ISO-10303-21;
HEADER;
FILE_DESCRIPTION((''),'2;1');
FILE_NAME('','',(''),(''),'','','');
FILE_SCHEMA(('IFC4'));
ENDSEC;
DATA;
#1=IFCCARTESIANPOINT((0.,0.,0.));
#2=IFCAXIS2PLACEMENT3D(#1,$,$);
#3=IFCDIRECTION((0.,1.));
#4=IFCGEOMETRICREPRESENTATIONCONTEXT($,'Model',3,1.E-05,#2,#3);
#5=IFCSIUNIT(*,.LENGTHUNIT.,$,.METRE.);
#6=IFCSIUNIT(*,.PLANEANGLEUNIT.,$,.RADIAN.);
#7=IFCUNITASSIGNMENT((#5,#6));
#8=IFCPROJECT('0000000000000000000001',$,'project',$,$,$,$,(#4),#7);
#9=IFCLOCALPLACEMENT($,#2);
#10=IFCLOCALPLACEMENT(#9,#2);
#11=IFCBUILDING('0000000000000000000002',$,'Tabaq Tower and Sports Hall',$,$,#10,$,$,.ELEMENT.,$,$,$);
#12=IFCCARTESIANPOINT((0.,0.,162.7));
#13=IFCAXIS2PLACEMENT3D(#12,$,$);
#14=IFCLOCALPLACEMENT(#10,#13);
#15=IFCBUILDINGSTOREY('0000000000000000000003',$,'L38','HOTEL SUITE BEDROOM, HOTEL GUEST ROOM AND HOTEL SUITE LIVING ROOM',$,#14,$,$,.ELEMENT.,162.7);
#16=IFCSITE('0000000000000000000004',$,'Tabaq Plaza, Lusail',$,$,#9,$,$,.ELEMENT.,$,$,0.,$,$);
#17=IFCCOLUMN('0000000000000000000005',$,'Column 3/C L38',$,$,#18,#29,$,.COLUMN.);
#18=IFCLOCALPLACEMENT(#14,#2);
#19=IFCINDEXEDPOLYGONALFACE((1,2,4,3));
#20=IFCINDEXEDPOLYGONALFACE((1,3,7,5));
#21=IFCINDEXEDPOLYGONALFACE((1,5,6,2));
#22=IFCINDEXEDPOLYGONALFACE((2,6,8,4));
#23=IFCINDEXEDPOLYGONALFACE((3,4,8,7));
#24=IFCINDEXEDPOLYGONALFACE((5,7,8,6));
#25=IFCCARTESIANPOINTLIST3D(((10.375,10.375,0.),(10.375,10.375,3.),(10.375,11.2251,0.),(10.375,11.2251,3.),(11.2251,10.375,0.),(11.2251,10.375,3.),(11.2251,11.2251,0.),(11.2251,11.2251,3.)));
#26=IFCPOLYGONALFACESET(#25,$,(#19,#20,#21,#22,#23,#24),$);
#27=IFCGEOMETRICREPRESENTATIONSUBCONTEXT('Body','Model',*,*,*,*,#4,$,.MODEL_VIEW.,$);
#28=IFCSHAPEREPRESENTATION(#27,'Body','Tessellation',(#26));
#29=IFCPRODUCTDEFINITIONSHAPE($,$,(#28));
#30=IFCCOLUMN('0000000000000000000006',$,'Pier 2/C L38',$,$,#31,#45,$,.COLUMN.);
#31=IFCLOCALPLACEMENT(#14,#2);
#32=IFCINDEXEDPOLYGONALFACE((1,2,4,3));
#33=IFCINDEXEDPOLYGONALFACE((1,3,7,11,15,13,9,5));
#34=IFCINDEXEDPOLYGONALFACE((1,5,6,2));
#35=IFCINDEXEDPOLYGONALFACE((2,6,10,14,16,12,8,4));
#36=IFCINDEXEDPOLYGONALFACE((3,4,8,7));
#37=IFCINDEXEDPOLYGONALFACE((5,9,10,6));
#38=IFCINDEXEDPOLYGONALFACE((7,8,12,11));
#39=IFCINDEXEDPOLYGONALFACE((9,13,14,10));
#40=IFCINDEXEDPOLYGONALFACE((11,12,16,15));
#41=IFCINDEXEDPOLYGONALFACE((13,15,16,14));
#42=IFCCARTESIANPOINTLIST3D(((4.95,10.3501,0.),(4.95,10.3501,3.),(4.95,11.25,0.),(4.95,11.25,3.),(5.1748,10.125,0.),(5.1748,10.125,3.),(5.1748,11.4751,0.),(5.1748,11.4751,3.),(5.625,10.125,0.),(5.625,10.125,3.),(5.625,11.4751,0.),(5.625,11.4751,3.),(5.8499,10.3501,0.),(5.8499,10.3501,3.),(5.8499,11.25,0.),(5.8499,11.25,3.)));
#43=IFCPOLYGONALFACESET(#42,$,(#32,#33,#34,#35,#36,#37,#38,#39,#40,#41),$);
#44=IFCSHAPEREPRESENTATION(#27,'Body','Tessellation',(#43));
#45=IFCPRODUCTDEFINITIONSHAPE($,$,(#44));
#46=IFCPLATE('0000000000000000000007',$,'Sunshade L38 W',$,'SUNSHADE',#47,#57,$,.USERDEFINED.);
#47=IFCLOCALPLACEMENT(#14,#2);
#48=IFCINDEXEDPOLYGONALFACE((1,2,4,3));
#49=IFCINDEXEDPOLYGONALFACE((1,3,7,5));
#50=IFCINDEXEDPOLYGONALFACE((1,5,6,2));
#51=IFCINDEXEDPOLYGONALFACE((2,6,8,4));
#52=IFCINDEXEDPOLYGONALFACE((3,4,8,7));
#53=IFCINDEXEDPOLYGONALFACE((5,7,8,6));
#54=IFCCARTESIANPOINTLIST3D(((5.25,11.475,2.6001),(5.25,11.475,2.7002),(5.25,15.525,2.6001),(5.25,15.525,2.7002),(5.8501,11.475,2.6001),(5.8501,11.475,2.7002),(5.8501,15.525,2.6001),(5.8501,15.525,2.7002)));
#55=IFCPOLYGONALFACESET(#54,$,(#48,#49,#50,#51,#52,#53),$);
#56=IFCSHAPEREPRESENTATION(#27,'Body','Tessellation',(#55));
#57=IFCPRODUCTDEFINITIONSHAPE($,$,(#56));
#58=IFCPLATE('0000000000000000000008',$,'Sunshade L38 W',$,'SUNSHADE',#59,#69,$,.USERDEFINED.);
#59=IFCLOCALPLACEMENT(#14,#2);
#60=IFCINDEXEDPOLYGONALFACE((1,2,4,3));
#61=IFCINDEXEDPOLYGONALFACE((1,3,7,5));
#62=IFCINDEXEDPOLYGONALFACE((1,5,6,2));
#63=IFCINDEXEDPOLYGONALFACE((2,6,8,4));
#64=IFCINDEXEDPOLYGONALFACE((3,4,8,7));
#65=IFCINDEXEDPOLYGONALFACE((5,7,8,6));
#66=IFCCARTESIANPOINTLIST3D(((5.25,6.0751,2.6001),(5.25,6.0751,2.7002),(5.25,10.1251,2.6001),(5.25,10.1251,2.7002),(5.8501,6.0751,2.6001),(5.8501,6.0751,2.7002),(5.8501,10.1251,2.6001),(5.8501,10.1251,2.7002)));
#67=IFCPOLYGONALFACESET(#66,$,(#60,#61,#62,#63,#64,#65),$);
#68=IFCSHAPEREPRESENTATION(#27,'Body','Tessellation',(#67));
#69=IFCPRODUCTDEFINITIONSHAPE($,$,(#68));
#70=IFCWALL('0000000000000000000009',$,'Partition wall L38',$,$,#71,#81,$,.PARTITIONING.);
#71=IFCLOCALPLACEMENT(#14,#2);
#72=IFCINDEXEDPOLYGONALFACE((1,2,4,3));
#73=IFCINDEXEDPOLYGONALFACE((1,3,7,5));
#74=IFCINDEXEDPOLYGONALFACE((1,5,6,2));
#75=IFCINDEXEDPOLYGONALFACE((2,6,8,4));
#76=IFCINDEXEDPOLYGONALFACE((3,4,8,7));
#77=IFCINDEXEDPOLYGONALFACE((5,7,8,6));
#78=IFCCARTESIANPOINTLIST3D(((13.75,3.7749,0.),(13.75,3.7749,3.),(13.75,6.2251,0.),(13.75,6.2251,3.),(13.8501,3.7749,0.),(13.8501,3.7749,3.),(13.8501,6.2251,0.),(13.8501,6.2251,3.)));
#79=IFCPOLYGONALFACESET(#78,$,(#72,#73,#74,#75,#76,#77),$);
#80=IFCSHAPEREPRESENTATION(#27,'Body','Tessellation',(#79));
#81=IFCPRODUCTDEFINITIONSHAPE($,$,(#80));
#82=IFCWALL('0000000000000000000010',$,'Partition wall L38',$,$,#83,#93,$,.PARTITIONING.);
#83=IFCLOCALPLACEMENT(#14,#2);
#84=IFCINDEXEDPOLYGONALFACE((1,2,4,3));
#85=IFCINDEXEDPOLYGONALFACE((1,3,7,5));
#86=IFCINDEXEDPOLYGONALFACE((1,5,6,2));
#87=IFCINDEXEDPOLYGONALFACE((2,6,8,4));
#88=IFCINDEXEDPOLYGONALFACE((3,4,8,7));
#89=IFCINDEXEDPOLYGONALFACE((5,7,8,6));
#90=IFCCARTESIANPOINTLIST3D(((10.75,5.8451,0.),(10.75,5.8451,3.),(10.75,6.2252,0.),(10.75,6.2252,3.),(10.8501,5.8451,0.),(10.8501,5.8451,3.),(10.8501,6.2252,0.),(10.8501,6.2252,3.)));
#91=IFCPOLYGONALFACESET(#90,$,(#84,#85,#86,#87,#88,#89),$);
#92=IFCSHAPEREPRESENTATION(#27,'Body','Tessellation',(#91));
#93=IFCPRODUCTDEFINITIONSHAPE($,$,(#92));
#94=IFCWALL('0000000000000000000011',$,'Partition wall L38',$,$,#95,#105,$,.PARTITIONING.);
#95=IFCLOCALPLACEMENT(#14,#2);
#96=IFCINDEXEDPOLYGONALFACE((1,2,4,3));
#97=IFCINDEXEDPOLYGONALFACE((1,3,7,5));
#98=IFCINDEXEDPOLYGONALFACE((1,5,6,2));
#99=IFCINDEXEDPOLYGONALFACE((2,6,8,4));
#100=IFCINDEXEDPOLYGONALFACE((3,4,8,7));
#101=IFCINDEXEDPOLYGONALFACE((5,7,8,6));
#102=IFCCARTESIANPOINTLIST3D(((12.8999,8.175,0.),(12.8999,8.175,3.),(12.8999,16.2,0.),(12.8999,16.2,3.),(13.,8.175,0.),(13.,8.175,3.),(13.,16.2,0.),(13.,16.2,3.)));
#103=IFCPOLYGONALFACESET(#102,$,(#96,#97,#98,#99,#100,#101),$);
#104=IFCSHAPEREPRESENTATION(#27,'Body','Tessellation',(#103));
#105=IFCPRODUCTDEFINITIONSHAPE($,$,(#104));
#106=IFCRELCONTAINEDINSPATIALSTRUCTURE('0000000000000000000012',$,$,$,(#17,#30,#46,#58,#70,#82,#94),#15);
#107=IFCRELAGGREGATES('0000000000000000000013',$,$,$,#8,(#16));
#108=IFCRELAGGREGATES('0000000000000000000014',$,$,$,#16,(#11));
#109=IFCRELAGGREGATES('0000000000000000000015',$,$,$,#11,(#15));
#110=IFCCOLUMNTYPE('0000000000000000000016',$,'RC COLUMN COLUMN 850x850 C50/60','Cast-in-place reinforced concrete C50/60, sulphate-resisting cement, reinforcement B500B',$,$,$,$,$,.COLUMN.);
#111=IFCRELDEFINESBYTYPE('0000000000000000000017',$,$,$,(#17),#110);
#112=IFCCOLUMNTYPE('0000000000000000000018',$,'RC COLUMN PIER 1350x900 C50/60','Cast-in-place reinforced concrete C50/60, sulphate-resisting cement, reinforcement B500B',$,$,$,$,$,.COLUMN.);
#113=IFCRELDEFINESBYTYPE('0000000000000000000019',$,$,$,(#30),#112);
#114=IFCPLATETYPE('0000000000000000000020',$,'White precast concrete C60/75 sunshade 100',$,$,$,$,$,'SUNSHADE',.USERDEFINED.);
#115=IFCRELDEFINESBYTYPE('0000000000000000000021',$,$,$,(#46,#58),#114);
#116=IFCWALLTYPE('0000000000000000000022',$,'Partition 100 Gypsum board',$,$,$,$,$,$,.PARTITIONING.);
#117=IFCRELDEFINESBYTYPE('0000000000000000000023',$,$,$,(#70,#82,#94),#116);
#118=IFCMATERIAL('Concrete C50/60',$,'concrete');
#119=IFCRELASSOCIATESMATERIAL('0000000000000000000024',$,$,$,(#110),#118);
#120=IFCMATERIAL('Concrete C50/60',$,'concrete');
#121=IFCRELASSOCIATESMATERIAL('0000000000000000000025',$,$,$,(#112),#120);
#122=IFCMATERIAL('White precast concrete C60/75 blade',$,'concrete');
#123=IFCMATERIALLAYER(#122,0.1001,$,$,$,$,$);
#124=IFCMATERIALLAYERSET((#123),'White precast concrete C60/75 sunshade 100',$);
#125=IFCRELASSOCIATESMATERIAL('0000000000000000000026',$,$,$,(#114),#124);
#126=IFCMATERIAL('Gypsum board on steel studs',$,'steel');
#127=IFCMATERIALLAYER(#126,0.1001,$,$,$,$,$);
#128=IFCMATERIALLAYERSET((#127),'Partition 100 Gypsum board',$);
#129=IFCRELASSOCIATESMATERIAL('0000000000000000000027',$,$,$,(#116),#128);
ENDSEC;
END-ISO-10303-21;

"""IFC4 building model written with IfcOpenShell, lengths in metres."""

from ifc_helpers import new_model, si_unit, direction, frame, frame_2d, origin, origin_2d, place, context, subcontext, project, spatial, polyline, rectangle, outline, extrude, material, layer, layer_set, material_profile, profile_set, type_object, element, save


model = new_model("IFC4")

# Units and contexts
model_context = context("Model", 3, precision=1e-05, world=origin(), true_north=direction((0.0, 1.0)))
body_context = subcontext(model_context, "Body", "Model", "MODEL_VIEW")
ifc_project = project(units=[si_unit("LENGTHUNIT", "METRE"), si_unit("PLANEANGLEUNIT", "RADIAN")], contexts=[model_context])

# Site, building, storey
site_placement = place(None, origin())
site = spatial("IfcSite", under=ifc_project, at=site_placement, Name="Tabaq Plaza, Lusail", CompositionType="ELEMENT", RefElevation=0.0)
building_placement = place(site_placement, origin())
building = spatial("IfcBuilding", under=site, at=building_placement, Name="Tabaq Tower and Sports Hall", CompositionType="ELEMENT")
storey_placement = place(building_placement, frame((0.0, 0.0, 162.7)))
storey = spatial("IfcBuildingStorey", under=building, at=storey_placement, Name="L38", Description="HOTEL SUITE BEDROOM, HOTEL GUEST ROOM AND HOTEL SUITE LIVING ROOM", CompositionType="ELEMENT", Elevation=162.7)

# Columns
ifc_material_1 = material(Name="Concrete C50/60", Category="concrete")
ifc_material_profile_1 = material_profile(ifc_material_1, rectangle(XDim=0.8501, YDim=0.8501, at=origin_2d()), Name="COLUMN 850x850")
ifc_profile_set_1 = profile_set([ifc_material_profile_1], Name="Concrete C50/60")
column_type_1 = type_object("IfcColumnType", Name="RC COLUMN COLUMN 850x850 C50/60", Description="Cast-in-place reinforced concrete C50/60, sulphate-resisting cement, reinforcement B500B", PredefinedType="COLUMN", material=ifc_profile_set_1)
column_1_placement = place(storey_placement, frame((10.8, 10.8, 0.0), z_axis=(0.0, 0.0, 1.0), x_axis=(1.0, 0.0, 0.0)))
element("IfcColumn", 1, at=column_1_placement, inside=storey, type_object=column_type_1, Name="Column 3/C L38", PredefinedType="COLUMN", context=body_context, shape_type="SweptSolid", body=[
    extrude(rectangle(XDim=0.8501, YDim=0.8501, at=origin_2d()), origin(), (0.0, 0.0, 1.0), 3.0),
])
ifc_material_2 = material(Name="Concrete C50/60", Category="concrete")
ifc_material_profile_2 = material_profile(ifc_material_2, outline(polyline([(-0.45, -0.45), (0.45, -0.45), (0.675, -0.2251), (0.675, 0.2251), (0.45, 0.45), (-0.45, 0.45), (-0.675, 0.2251), (-0.675, -0.2251), (-0.45, -0.45)])), Name="PIER 1350x900")
ifc_profile_set_2 = profile_set([ifc_material_profile_2], Name="Concrete C50/60")
column_type_2 = type_object("IfcColumnType", Name="RC COLUMN PIER 1350x900 C50/60", Description="Cast-in-place reinforced concrete C50/60, sulphate-resisting cement, reinforcement B500B", PredefinedType="COLUMN", material=ifc_profile_set_2)
column_2_placement = place(storey_placement, frame((5.3999, 10.8, 0.0), z_axis=(0.0, 0.0, 1.0), x_axis=(0.0, 1.0, 0.0)))
element("IfcColumn", 2, at=column_2_placement, inside=storey, type_object=column_type_2, Name="Pier 2/C L38", PredefinedType="COLUMN", context=body_context, shape_type="SweptSolid", body=[
    extrude(outline(polyline([(-0.45, -0.45), (0.45, -0.45), (0.675, -0.2251), (0.675, 0.2251), (0.45, 0.45), (-0.45, 0.45), (-0.675, 0.2251), (-0.675, -0.2251), (-0.45, -0.45)])), origin(), (0.0, 0.0, 1.0), 3.0),
])

# Plates
ifc_material_3 = material(Name="White precast concrete C60/75 blade", Category="concrete")
ifc_layer_1 = layer(ifc_material_3, 0.1001)
ifc_layer_set_1 = layer_set([ifc_layer_1], Name="White precast concrete C60/75 sunshade 100")
plate_type = type_object("IfcPlateType", Name="White precast concrete C60/75 sunshade 100", ElementType="SUNSHADE", PredefinedType="USERDEFINED", material=ifc_layer_set_1)
for number, where, z_axis, x_axis, name in (
    (3, (5.55, 13.5, 2.6001), (0.0, 0.0, 1.0), (0.0, -1.0, 0.0), "Sunshade L38 W"),
    (4, (5.55, 8.1001, 2.6001), (0.0, 0.0, 1.0), (0.0, -1.0, 0.0), "Sunshade L38 W"),
):
    element("IfcPlate", number, at=place(storey_placement, frame(where, z_axis=z_axis, x_axis=x_axis)), inside=storey, type_object=plate_type, Name=name, ObjectType="SUNSHADE", PredefinedType="USERDEFINED", context=body_context, shape_type="SweptSolid", body=[
        extrude(rectangle(XDim=4.05, YDim=0.6001, at=origin_2d()), origin(), (0.0, 0.0, 1.0), 0.1001),
    ])

# Walls
ifc_material_4 = material(Name="Gypsum board on steel studs", Category="steel")
ifc_layer_2 = layer(ifc_material_4, 0.1001)
ifc_layer_set_2 = layer_set([ifc_layer_2], Name="Partition 100 Gypsum board")
wall_type_1 = type_object("IfcWallType", Name="Partition 100 Gypsum board", PredefinedType="PARTITIONING", material=ifc_layer_set_2)
wall_1_placement = place(storey_placement, frame((13.8, 6.2251, 0.0), z_axis=(0.0, 0.0, 1.0), x_axis=(0.0, -1.0, 0.0)))
element("IfcWall", 5, at=wall_1_placement, inside=storey, type_object=wall_type_1, Name="Partition wall L38", PredefinedType="PARTITIONING", context=body_context, shape_type="SweptSolid", body=[
    extrude(rectangle(XDim=2.4502, YDim=0.1001, at=frame_2d((1.2251, 0.0))), origin(), (0.0, 0.0, 1.0), 3.0),
])
wall_2_placement = place(storey_placement, frame((10.8, 6.2251, 0.0), z_axis=(0.0, 0.0, 1.0), x_axis=(0.0, -1.0, 0.0)))
element("IfcWall", 6, at=wall_2_placement, inside=storey, type_object=wall_type_1, Name="Partition wall L38", PredefinedType="PARTITIONING", context=body_context, shape_type="SweptSolid", body=[
    extrude(rectangle(XDim=0.3801, YDim=0.1001, at=frame_2d((0.1899, 0.0))), origin(), (0.0, 0.0, 1.0), 3.0),
])
wall_3_placement = place(storey_placement, frame((12.95, 8.175, 0.0), z_axis=(0.0, 0.0, 1.0), x_axis=(0.0, 1.0, 0.0)))
element("IfcWall", 7, at=wall_3_placement, inside=storey, type_object=wall_type_1, Name="Partition wall L38", PredefinedType="PARTITIONING", context=body_context, shape_type="SweptSolid", body=[
    extrude(rectangle(XDim=8.0249, YDim=0.1001, at=frame_2d((4.0125, 0.0))), origin(), (0.0, 0.0, 1.0), 3.0),
])

save(model, "model.ifc")
